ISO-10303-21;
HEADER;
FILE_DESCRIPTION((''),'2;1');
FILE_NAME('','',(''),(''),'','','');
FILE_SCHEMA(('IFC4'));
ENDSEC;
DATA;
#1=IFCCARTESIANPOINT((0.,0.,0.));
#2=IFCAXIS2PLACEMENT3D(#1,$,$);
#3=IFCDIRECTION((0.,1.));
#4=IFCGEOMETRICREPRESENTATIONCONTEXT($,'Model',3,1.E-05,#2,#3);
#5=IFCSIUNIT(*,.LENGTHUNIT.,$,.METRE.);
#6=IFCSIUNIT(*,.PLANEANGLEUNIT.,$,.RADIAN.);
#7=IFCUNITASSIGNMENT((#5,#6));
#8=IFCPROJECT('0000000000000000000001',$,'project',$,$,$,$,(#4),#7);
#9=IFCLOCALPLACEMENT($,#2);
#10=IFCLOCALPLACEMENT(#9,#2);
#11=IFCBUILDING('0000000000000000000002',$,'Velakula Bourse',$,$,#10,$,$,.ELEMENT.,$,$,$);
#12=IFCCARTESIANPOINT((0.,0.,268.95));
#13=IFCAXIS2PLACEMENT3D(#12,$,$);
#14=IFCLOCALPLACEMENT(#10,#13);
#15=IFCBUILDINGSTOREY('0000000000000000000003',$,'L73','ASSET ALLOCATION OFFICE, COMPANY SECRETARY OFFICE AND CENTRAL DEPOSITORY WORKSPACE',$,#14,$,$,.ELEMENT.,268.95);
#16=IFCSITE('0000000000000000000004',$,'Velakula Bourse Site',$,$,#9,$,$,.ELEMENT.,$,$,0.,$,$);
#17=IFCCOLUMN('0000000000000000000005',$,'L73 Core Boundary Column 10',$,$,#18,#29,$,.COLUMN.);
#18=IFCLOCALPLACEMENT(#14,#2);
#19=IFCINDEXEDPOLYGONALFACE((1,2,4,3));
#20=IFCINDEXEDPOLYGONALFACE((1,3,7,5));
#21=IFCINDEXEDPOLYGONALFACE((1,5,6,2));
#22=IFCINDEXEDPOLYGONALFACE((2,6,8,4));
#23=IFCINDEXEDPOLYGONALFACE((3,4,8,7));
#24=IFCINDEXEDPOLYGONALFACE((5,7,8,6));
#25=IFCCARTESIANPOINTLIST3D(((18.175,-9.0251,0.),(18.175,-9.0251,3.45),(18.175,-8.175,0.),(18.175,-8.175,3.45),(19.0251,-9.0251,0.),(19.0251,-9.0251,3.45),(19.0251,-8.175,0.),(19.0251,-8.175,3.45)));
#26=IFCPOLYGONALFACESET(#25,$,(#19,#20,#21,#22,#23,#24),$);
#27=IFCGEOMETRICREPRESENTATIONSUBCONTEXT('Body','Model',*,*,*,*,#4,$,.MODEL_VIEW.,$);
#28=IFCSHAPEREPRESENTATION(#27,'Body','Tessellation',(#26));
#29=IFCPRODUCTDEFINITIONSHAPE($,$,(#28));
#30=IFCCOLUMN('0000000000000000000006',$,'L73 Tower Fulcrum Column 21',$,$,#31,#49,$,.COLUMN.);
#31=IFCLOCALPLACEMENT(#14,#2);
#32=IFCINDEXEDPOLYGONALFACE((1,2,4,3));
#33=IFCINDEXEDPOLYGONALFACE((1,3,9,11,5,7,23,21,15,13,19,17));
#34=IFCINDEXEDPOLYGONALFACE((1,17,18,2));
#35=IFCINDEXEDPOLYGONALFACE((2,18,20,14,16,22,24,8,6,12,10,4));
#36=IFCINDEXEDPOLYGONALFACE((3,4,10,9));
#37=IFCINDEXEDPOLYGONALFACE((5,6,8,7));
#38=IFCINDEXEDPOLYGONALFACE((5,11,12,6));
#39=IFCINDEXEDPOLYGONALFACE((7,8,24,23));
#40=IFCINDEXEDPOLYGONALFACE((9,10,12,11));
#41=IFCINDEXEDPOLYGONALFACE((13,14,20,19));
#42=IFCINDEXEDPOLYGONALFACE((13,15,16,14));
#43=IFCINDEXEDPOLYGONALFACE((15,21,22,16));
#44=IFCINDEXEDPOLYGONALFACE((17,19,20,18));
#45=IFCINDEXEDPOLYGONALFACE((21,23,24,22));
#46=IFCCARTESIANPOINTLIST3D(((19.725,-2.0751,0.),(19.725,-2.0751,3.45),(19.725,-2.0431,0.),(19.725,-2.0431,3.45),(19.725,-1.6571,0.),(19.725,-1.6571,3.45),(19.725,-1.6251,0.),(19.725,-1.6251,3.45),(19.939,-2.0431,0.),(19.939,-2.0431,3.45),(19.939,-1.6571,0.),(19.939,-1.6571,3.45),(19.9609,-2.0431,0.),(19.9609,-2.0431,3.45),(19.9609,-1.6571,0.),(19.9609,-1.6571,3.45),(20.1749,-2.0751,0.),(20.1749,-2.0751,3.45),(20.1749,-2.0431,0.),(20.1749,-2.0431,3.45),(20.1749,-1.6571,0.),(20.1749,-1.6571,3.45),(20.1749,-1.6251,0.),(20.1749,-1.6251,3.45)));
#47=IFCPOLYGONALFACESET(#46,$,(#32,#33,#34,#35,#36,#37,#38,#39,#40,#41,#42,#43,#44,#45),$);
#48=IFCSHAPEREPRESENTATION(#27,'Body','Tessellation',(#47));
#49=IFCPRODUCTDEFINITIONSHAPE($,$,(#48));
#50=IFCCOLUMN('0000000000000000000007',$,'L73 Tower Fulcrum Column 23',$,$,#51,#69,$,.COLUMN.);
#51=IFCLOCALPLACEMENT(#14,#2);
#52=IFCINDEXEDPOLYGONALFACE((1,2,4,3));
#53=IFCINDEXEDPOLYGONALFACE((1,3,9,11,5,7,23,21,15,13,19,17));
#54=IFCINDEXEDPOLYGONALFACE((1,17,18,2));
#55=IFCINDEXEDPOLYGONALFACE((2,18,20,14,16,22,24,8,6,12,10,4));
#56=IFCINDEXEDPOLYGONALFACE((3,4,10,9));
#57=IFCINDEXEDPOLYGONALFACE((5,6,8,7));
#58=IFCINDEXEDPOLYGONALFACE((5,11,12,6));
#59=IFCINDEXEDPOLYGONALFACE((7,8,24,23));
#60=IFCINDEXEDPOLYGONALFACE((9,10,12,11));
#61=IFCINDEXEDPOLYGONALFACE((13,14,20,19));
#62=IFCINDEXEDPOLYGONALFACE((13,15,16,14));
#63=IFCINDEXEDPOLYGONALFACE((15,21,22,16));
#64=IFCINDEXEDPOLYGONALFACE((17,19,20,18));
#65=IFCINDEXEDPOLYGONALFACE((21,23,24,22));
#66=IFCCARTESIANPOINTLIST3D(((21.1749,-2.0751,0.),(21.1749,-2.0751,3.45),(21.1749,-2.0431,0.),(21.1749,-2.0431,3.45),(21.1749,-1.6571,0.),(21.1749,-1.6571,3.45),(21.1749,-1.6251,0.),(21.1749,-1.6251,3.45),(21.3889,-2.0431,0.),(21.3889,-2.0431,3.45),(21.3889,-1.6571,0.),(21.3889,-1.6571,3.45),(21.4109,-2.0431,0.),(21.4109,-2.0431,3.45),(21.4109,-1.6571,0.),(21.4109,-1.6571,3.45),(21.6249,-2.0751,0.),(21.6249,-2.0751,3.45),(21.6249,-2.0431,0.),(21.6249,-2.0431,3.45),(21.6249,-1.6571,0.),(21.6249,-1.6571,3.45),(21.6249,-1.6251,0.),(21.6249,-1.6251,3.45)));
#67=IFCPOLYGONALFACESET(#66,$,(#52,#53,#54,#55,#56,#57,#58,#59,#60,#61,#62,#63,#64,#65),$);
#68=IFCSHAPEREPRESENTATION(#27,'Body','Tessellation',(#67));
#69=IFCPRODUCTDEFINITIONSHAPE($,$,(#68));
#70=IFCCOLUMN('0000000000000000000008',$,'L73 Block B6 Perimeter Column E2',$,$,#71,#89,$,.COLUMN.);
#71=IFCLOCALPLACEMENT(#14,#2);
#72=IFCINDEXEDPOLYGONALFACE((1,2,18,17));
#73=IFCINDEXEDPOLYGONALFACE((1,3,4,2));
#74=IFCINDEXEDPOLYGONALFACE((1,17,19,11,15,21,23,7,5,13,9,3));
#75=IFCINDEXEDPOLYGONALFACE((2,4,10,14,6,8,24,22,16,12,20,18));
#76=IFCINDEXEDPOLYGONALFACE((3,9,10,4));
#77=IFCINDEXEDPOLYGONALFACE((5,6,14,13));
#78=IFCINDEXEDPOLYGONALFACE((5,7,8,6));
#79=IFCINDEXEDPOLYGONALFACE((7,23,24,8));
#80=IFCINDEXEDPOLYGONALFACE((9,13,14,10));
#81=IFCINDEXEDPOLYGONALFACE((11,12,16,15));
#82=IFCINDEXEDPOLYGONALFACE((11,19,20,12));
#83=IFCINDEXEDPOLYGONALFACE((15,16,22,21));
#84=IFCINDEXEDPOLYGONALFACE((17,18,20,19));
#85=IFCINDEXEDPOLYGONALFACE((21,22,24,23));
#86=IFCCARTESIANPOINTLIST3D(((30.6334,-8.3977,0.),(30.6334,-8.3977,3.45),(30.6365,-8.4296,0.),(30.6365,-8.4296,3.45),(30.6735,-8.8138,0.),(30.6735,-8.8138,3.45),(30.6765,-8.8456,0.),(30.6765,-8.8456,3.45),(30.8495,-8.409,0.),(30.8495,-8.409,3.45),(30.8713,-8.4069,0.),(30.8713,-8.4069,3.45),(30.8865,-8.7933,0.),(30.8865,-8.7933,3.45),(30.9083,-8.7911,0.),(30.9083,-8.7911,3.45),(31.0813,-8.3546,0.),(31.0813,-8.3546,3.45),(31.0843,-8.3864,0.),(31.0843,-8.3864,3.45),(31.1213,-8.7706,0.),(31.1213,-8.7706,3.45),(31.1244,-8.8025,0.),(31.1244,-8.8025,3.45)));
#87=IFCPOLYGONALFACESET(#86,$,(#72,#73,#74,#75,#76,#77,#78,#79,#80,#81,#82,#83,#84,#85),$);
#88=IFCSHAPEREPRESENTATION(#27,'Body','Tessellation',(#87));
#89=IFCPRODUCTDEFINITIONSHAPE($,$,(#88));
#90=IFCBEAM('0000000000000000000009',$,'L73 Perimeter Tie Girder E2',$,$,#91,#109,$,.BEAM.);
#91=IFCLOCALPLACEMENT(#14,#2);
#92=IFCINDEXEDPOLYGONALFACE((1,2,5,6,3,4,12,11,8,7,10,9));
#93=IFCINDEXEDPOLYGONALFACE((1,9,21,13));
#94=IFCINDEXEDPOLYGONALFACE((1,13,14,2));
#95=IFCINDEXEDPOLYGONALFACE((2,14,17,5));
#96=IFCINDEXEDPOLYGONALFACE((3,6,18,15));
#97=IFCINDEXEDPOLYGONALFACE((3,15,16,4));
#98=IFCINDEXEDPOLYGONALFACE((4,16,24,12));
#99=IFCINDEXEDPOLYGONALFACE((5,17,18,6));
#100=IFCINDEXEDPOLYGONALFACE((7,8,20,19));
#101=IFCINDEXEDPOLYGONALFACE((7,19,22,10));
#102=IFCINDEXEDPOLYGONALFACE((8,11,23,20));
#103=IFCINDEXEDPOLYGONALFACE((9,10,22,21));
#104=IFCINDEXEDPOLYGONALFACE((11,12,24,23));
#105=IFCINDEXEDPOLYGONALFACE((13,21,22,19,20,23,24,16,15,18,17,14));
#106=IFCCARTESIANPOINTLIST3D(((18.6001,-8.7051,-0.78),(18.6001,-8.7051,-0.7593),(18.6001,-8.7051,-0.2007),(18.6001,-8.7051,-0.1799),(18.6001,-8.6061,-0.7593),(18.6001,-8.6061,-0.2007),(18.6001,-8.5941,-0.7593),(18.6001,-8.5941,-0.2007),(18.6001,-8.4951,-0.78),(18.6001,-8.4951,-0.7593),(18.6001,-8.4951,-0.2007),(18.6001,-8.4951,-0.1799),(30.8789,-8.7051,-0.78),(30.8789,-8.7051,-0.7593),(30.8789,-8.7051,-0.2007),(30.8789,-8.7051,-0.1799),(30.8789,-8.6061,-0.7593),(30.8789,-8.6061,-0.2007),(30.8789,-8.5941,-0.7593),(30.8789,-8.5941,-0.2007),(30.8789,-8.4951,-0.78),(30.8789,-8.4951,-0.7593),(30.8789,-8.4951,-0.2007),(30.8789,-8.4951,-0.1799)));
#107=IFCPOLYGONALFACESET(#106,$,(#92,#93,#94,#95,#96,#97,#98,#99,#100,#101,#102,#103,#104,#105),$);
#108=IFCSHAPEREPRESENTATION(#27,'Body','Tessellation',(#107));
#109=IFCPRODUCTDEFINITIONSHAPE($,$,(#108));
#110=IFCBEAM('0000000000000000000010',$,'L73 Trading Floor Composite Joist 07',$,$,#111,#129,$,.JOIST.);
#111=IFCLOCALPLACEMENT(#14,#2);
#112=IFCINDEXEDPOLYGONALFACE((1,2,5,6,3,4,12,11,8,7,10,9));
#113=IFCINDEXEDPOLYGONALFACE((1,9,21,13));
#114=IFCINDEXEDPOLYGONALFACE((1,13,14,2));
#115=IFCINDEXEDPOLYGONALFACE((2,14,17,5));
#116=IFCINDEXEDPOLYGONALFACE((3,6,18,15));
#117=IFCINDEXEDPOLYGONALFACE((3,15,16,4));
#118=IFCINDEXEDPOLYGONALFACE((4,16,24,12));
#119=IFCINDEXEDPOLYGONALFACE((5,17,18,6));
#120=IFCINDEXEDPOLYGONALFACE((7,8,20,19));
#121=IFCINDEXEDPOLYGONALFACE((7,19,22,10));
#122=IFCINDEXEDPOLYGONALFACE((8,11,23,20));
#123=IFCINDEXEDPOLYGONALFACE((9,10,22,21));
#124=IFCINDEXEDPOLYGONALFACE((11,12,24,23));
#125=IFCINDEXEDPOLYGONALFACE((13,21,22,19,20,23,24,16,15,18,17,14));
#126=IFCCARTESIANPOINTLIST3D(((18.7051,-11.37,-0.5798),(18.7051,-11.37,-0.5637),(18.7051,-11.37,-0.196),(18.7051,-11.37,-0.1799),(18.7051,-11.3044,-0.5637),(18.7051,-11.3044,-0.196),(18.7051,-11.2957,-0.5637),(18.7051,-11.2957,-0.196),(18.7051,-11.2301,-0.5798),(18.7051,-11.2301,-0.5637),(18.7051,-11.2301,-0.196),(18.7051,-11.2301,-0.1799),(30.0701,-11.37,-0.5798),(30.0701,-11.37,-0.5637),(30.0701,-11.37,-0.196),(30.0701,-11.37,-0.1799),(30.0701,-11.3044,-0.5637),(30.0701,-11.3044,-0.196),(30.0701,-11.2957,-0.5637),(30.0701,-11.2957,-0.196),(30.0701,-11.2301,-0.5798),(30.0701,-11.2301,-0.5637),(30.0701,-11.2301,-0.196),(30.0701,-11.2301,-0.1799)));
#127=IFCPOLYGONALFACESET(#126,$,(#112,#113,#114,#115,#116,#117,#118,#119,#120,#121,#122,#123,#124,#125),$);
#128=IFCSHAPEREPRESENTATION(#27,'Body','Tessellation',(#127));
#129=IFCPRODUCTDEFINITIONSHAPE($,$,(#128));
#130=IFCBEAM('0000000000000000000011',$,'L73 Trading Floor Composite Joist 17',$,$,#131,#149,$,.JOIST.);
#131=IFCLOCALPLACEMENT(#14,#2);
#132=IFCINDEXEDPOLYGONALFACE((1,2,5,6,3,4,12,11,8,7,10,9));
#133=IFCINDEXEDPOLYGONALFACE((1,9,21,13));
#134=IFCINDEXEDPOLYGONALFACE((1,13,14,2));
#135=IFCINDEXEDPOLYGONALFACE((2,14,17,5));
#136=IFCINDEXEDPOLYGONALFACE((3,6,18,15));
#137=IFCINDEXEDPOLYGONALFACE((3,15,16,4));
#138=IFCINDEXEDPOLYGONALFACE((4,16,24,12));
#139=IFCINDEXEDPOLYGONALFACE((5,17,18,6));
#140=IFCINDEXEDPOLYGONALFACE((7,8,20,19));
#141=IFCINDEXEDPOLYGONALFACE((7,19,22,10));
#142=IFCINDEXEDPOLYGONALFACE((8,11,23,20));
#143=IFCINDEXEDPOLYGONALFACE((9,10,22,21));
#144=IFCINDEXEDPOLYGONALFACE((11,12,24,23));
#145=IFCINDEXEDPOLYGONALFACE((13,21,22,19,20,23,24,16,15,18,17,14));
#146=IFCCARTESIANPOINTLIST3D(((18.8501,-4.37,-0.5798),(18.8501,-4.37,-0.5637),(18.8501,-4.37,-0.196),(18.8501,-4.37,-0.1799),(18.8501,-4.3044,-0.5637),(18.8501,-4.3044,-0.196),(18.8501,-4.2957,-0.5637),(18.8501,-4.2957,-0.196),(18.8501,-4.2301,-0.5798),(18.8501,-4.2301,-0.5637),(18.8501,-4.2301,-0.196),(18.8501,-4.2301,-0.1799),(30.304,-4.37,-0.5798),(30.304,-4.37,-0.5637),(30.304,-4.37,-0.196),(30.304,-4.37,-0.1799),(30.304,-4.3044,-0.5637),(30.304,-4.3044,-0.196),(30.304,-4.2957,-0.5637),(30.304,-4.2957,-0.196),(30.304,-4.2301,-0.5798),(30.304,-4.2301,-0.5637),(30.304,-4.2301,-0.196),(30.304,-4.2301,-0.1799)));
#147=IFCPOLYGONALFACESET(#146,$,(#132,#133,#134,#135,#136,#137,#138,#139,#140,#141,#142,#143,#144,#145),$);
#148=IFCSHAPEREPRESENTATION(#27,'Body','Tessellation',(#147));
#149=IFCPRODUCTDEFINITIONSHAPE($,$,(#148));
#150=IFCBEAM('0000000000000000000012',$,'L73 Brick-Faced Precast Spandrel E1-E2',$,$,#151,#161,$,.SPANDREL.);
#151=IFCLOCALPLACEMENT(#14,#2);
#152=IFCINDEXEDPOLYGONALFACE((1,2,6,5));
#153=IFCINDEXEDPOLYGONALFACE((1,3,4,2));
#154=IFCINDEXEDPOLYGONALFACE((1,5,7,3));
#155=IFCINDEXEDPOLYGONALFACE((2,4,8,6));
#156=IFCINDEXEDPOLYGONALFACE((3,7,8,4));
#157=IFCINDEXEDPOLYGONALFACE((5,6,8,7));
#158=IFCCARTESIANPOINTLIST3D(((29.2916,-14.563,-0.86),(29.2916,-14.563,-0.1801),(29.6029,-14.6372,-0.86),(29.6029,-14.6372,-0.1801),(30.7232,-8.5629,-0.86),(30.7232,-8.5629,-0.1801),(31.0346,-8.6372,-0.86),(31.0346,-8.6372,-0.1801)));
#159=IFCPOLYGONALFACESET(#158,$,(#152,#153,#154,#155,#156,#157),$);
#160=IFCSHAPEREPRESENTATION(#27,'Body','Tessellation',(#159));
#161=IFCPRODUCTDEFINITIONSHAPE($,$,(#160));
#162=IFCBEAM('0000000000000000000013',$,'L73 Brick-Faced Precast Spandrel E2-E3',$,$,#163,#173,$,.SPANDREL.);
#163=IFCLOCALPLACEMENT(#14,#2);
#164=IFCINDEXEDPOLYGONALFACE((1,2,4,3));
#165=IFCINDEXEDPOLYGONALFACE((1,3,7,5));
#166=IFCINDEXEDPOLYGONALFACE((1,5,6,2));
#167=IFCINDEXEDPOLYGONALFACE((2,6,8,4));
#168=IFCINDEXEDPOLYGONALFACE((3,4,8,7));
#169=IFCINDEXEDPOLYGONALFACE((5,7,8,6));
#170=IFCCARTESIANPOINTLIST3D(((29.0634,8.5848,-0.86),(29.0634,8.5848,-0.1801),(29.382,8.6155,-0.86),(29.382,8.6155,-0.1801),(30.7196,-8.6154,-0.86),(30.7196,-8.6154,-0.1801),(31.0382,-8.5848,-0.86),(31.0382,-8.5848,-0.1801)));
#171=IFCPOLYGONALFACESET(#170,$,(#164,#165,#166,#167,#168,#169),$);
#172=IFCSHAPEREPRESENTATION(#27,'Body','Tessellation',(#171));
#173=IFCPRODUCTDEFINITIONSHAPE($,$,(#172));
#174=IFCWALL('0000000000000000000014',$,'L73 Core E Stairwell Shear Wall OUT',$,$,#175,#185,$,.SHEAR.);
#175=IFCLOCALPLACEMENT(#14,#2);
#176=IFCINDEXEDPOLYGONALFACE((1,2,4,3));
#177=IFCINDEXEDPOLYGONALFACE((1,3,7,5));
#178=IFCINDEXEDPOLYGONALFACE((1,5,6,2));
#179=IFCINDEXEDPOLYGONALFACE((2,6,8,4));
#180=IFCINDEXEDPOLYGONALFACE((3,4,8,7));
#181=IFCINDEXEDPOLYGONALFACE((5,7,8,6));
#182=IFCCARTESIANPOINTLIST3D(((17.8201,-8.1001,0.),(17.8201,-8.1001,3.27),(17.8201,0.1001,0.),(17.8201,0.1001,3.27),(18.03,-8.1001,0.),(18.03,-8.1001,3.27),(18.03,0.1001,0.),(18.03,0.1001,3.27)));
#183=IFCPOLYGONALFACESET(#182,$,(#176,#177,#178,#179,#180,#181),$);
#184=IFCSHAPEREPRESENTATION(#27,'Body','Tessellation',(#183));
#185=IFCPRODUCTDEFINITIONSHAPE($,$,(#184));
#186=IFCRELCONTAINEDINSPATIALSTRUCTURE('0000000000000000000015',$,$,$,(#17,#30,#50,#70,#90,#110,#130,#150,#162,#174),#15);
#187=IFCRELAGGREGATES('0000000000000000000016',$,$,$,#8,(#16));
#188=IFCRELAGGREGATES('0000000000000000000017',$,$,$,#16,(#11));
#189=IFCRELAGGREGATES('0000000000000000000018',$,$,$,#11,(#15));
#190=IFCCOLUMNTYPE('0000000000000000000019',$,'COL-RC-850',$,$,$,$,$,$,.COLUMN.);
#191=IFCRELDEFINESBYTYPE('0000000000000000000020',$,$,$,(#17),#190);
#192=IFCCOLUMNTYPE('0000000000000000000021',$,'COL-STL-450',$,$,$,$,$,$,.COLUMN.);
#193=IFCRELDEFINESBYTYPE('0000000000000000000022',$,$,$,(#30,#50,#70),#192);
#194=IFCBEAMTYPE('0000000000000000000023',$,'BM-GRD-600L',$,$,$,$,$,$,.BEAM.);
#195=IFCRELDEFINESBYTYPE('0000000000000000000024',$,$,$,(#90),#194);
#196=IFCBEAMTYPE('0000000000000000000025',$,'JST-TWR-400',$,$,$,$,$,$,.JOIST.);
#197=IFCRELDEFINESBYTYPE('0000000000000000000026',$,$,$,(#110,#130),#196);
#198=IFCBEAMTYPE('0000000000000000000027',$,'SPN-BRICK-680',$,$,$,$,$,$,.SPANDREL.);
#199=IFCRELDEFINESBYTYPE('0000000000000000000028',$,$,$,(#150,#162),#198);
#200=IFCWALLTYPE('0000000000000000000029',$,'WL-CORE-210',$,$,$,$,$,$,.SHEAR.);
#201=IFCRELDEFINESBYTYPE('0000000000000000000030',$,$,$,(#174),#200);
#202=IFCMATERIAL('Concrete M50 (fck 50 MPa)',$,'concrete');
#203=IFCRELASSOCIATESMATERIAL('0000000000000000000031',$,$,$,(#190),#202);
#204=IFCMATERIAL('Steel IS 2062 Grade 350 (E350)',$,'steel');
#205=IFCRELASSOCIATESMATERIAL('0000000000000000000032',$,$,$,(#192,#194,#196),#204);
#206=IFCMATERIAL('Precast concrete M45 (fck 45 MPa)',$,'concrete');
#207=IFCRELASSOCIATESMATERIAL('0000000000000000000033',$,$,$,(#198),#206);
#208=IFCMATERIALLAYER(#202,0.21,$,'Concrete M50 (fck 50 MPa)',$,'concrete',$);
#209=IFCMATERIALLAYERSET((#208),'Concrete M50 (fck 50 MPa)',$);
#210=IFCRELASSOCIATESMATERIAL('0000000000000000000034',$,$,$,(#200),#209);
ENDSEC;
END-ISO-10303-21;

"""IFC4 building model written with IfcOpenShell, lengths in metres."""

from ifc_helpers import new_model, si_unit, direction, frame, frame_2d, origin, origin_2d, place, context, subcontext, project, spatial, rectangle, i_section, extrude, material, layer, layer_set, material_profile, profile_set, type_object, element, save


model = new_model("IFC4")

# Units and contexts
model_context = context("Model", 3, precision=1e-05, world=origin(), true_north=direction((0.0, 1.0)))
body_context = subcontext(model_context, "Body", "Model", "MODEL_VIEW")
ifc_project = project(units=[si_unit("LENGTHUNIT", "METRE"), si_unit("PLANEANGLEUNIT", "RADIAN")], contexts=[model_context])

# Site, building, storey
site_placement = place(None, origin())
site = spatial("IfcSite", under=ifc_project, at=site_placement, Name="Velakula Bourse Site", CompositionType="ELEMENT", RefElevation=0.0)
building_placement = place(site_placement, origin())
building = spatial("IfcBuilding", under=site, at=building_placement, Name="Velakula Bourse", CompositionType="ELEMENT")
storey_placement = place(building_placement, frame((0.0, 0.0, 268.95)))
storey = spatial("IfcBuildingStorey", under=building, at=storey_placement, Name="L73", Description="ASSET ALLOCATION OFFICE, COMPANY SECRETARY OFFICE AND CENTRAL DEPOSITORY WORKSPACE", CompositionType="ELEMENT", Elevation=268.95)

# Columns
ifc_material_1 = material(Name="Concrete M50 (fck 50 MPa)", Category="concrete")
ifc_material_profile_1 = material_profile(ifc_material_1, rectangle(XDim=0.8501, YDim=0.8501, at=origin_2d()), Name="Concrete M50 (fck 50 MPa)")
ifc_profile_set_1 = profile_set([ifc_material_profile_1], Name="Concrete M50 (fck 50 MPa)")
column_type_1 = type_object("IfcColumnType", Name="COL-RC-850", PredefinedType="COLUMN", material=ifc_profile_set_1)
column_placement = place(storey_placement, frame((18.6001, -8.6001, 0.0), z_axis=(0.0, 0.0, 1.0), x_axis=(1.0, 0.0, 0.0)))
element("IfcColumn", 1, at=column_placement, inside=storey, type_object=column_type_1, Name="L73 Core Boundary Column 10", PredefinedType="COLUMN", context=body_context, shape_type="SweptSolid", body=[
    extrude(rectangle(XDim=0.8501, YDim=0.8501, at=origin_2d()), origin(), (0.0, 0.0, 1.0), 3.45),
])
ifc_material_2 = material(Name="Steel IS 2062 Grade 350 (E350)", Category="steel")
ifc_material_profile_2 = material_profile(ifc_material_2, i_section(OverallWidth=0.45, OverallDepth=0.45, WebThickness=0.022, FlangeThickness=0.032, at=origin_2d()), Name="Steel IS 2062 Grade 350 (E350)")
ifc_profile_set_2 = profile_set([ifc_material_profile_2], Name="Steel IS 2062 Grade 350 (E350)")
column_type_2 = type_object("IfcColumnType", Name="COL-STL-450", PredefinedType="COLUMN", material=ifc_profile_set_2)
for number, where, z_axis, x_axis, name in (
    (2, (19.95, -1.8501, 0.0), (0.0, 0.0, 1.0), (1.0, 0.0, 0.0), "L73 Tower Fulcrum Column 21"),
    (3, (21.3999, -1.8501, 0.0), (0.0, 0.0, 1.0), (1.0, 0.0, 0.0), "L73 Tower Fulcrum Column 23"),
    (4, (30.8789, -8.6001, 0.0), (0.0, 0.0, 1.0), (0.995396, 0.095846, 0.0), "L73 Block B6 Perimeter Column E2"),
):
    element("IfcColumn", number, at=place(storey_placement, frame(where, z_axis=z_axis, x_axis=x_axis)), inside=storey, type_object=column_type_2, Name=name, PredefinedType="COLUMN", context=body_context, shape_type="SweptSolid", body=[
        extrude(i_section(OverallWidth=0.45, OverallDepth=0.45, WebThickness=0.022, FlangeThickness=0.032, at=origin_2d()), origin(), (0.0, 0.0, 1.0), 3.45),
    ])

# Beams
ifc_material_profile_3 = material_profile(ifc_material_2, i_section(OverallWidth=0.21, OverallDepth=0.6001, WebThickness=0.012, FlangeThickness=0.0208, at=origin_2d()), Name="Steel IS 2062 Grade 350 (E350)")
ifc_profile_set_3 = profile_set([ifc_material_profile_3], Name="Steel IS 2062 Grade 350 (E350)")
beam_type_1 = type_object("IfcBeamType", Name="BM-GRD-600L", PredefinedType="BEAM", material=ifc_profile_set_3)
beam_1_placement = place(storey_placement, frame((18.6001, -8.6001, -0.48), z_axis=(1.0, 0.0, 0.0), x_axis=(0.0, 1.0, 0.0)))
element("IfcBeam", 5, at=beam_1_placement, inside=storey, type_object=beam_type_1, Name="L73 Perimeter Tie Girder E2", PredefinedType="BEAM", context=body_context, shape_type="SweptSolid", body=[
    extrude(i_section(OverallWidth=0.21, OverallDepth=0.6001, WebThickness=0.012, FlangeThickness=0.0208, at=origin_2d()), origin(), (0.0, 0.0, 1.0), 12.2788),
])
ifc_material_profile_4 = material_profile(ifc_material_2, i_section(OverallWidth=0.1399, OverallDepth=0.3999, WebThickness=0.0088, FlangeThickness=0.0161, at=origin_2d()), Name="Steel IS 2062 Grade 350 (E350)")
ifc_profile_set_4 = profile_set([ifc_material_profile_4], Name="Steel IS 2062 Grade 350 (E350)")
beam_type_2 = type_object("IfcBeamType", Name="JST-TWR-400", PredefinedType="JOIST", material=ifc_profile_set_4)
beam_2_placement = place(storey_placement, frame((18.7051, -11.3, -0.3799), z_axis=(1.0, 0.0, 0.0), x_axis=(0.0, 1.0, 0.0)))
element("IfcBeam", 6, at=beam_2_placement, inside=storey, type_object=beam_type_2, Name="L73 Trading Floor Composite Joist 07", PredefinedType="JOIST", context=body_context, shape_type="SweptSolid", body=[
    extrude(i_section(OverallWidth=0.1399, OverallDepth=0.3999, WebThickness=0.0088, FlangeThickness=0.0161, at=origin_2d()), origin(), (0.0, 0.0, 1.0), 11.365),
])
beam_3_placement = place(storey_placement, frame((18.8501, -4.3, -0.3799), z_axis=(1.0, 0.0, 0.0), x_axis=(0.0, 1.0, 0.0)))
element("IfcBeam", 7, at=beam_3_placement, inside=storey, type_object=beam_type_2, Name="L73 Trading Floor Composite Joist 17", PredefinedType="JOIST", context=body_context, shape_type="SweptSolid", body=[
    extrude(i_section(OverallWidth=0.1399, OverallDepth=0.3999, WebThickness=0.0088, FlangeThickness=0.0161, at=origin_2d()), origin(), (0.0, 0.0, 1.0), 11.4539),
])
ifc_material_3 = material(Name="Precast concrete M45 (fck 45 MPa)", Category="concrete")
ifc_material_profile_5 = material_profile(ifc_material_3, rectangle(XDim=0.3201, YDim=0.6799, at=origin_2d()), Name="Precast concrete M45 (fck 45 MPa)")
ifc_profile_set_5 = profile_set([ifc_material_profile_5], Name="Precast concrete M45 (fck 45 MPa)")
beam_type_3 = type_object("IfcBeamType", Name="SPN-BRICK-680", PredefinedType="SPANDREL", material=ifc_profile_set_5)
beam_4_placement = place(storey_placement, frame((29.4473, -14.6001, -0.52), z_axis=(0.232091, 0.972694, 0.0), x_axis=(-0.972694, 0.232091, 0.0)))
element("IfcBeam", 8, at=beam_4_placement, inside=storey, type_object=beam_type_3, Name="L73 Brick-Faced Precast Spandrel E1-E2", PredefinedType="SPANDREL", context=body_context, shape_type="SweptSolid", body=[
    extrude(rectangle(XDim=0.3201, YDim=0.6799, at=origin_2d()), origin(), (0.0, 0.0, 1.0), 6.1685),
])
beam_5_placement = place(storey_placement, frame((30.8789, -8.6001, -0.52), z_axis=(-0.095849, 0.995396, 0.0), x_axis=(-0.995396, -0.095849, 0.0)))
element("IfcBeam", 9, at=beam_5_placement, inside=storey, type_object=beam_type_3, Name="L73 Brick-Faced Precast Spandrel E2-E3", PredefinedType="SPANDREL", context=body_context, shape_type="SweptSolid", body=[
    extrude(rectangle(XDim=0.3201, YDim=0.6799, at=origin_2d()), origin(), (0.0, 0.0, 1.0), 17.2798),
])

# Wall
ifc_layer_1 = layer(ifc_material_1, 0.21, Name="Concrete M50 (fck 50 MPa)", Category="concrete")
ifc_layer_set_1 = layer_set([ifc_layer_1], Name="Concrete M50 (fck 50 MPa)")
wall_type_1 = type_object("IfcWallType", Name="WL-CORE-210", PredefinedType="SHEAR", material=ifc_layer_set_1)
wall_1_placement = place(storey_placement, frame((17.925, -8.1001, 0.0), z_axis=(0.0, 0.0, 1.0), x_axis=(0.0, 1.0, 0.0)))
element("IfcWall", 10, at=wall_1_placement, inside=storey, type_object=wall_type_1, Name="L73 Core E Stairwell Shear Wall OUT", PredefinedType="SHEAR", context=body_context, shape_type="SweptSolid", body=[
    extrude(rectangle(XDim=8.2002, YDim=0.21, at=frame_2d((4.1001, 0.0))), origin(), (0.0, 0.0, 1.0), 3.27),
])

save(model, "model.ifc")
